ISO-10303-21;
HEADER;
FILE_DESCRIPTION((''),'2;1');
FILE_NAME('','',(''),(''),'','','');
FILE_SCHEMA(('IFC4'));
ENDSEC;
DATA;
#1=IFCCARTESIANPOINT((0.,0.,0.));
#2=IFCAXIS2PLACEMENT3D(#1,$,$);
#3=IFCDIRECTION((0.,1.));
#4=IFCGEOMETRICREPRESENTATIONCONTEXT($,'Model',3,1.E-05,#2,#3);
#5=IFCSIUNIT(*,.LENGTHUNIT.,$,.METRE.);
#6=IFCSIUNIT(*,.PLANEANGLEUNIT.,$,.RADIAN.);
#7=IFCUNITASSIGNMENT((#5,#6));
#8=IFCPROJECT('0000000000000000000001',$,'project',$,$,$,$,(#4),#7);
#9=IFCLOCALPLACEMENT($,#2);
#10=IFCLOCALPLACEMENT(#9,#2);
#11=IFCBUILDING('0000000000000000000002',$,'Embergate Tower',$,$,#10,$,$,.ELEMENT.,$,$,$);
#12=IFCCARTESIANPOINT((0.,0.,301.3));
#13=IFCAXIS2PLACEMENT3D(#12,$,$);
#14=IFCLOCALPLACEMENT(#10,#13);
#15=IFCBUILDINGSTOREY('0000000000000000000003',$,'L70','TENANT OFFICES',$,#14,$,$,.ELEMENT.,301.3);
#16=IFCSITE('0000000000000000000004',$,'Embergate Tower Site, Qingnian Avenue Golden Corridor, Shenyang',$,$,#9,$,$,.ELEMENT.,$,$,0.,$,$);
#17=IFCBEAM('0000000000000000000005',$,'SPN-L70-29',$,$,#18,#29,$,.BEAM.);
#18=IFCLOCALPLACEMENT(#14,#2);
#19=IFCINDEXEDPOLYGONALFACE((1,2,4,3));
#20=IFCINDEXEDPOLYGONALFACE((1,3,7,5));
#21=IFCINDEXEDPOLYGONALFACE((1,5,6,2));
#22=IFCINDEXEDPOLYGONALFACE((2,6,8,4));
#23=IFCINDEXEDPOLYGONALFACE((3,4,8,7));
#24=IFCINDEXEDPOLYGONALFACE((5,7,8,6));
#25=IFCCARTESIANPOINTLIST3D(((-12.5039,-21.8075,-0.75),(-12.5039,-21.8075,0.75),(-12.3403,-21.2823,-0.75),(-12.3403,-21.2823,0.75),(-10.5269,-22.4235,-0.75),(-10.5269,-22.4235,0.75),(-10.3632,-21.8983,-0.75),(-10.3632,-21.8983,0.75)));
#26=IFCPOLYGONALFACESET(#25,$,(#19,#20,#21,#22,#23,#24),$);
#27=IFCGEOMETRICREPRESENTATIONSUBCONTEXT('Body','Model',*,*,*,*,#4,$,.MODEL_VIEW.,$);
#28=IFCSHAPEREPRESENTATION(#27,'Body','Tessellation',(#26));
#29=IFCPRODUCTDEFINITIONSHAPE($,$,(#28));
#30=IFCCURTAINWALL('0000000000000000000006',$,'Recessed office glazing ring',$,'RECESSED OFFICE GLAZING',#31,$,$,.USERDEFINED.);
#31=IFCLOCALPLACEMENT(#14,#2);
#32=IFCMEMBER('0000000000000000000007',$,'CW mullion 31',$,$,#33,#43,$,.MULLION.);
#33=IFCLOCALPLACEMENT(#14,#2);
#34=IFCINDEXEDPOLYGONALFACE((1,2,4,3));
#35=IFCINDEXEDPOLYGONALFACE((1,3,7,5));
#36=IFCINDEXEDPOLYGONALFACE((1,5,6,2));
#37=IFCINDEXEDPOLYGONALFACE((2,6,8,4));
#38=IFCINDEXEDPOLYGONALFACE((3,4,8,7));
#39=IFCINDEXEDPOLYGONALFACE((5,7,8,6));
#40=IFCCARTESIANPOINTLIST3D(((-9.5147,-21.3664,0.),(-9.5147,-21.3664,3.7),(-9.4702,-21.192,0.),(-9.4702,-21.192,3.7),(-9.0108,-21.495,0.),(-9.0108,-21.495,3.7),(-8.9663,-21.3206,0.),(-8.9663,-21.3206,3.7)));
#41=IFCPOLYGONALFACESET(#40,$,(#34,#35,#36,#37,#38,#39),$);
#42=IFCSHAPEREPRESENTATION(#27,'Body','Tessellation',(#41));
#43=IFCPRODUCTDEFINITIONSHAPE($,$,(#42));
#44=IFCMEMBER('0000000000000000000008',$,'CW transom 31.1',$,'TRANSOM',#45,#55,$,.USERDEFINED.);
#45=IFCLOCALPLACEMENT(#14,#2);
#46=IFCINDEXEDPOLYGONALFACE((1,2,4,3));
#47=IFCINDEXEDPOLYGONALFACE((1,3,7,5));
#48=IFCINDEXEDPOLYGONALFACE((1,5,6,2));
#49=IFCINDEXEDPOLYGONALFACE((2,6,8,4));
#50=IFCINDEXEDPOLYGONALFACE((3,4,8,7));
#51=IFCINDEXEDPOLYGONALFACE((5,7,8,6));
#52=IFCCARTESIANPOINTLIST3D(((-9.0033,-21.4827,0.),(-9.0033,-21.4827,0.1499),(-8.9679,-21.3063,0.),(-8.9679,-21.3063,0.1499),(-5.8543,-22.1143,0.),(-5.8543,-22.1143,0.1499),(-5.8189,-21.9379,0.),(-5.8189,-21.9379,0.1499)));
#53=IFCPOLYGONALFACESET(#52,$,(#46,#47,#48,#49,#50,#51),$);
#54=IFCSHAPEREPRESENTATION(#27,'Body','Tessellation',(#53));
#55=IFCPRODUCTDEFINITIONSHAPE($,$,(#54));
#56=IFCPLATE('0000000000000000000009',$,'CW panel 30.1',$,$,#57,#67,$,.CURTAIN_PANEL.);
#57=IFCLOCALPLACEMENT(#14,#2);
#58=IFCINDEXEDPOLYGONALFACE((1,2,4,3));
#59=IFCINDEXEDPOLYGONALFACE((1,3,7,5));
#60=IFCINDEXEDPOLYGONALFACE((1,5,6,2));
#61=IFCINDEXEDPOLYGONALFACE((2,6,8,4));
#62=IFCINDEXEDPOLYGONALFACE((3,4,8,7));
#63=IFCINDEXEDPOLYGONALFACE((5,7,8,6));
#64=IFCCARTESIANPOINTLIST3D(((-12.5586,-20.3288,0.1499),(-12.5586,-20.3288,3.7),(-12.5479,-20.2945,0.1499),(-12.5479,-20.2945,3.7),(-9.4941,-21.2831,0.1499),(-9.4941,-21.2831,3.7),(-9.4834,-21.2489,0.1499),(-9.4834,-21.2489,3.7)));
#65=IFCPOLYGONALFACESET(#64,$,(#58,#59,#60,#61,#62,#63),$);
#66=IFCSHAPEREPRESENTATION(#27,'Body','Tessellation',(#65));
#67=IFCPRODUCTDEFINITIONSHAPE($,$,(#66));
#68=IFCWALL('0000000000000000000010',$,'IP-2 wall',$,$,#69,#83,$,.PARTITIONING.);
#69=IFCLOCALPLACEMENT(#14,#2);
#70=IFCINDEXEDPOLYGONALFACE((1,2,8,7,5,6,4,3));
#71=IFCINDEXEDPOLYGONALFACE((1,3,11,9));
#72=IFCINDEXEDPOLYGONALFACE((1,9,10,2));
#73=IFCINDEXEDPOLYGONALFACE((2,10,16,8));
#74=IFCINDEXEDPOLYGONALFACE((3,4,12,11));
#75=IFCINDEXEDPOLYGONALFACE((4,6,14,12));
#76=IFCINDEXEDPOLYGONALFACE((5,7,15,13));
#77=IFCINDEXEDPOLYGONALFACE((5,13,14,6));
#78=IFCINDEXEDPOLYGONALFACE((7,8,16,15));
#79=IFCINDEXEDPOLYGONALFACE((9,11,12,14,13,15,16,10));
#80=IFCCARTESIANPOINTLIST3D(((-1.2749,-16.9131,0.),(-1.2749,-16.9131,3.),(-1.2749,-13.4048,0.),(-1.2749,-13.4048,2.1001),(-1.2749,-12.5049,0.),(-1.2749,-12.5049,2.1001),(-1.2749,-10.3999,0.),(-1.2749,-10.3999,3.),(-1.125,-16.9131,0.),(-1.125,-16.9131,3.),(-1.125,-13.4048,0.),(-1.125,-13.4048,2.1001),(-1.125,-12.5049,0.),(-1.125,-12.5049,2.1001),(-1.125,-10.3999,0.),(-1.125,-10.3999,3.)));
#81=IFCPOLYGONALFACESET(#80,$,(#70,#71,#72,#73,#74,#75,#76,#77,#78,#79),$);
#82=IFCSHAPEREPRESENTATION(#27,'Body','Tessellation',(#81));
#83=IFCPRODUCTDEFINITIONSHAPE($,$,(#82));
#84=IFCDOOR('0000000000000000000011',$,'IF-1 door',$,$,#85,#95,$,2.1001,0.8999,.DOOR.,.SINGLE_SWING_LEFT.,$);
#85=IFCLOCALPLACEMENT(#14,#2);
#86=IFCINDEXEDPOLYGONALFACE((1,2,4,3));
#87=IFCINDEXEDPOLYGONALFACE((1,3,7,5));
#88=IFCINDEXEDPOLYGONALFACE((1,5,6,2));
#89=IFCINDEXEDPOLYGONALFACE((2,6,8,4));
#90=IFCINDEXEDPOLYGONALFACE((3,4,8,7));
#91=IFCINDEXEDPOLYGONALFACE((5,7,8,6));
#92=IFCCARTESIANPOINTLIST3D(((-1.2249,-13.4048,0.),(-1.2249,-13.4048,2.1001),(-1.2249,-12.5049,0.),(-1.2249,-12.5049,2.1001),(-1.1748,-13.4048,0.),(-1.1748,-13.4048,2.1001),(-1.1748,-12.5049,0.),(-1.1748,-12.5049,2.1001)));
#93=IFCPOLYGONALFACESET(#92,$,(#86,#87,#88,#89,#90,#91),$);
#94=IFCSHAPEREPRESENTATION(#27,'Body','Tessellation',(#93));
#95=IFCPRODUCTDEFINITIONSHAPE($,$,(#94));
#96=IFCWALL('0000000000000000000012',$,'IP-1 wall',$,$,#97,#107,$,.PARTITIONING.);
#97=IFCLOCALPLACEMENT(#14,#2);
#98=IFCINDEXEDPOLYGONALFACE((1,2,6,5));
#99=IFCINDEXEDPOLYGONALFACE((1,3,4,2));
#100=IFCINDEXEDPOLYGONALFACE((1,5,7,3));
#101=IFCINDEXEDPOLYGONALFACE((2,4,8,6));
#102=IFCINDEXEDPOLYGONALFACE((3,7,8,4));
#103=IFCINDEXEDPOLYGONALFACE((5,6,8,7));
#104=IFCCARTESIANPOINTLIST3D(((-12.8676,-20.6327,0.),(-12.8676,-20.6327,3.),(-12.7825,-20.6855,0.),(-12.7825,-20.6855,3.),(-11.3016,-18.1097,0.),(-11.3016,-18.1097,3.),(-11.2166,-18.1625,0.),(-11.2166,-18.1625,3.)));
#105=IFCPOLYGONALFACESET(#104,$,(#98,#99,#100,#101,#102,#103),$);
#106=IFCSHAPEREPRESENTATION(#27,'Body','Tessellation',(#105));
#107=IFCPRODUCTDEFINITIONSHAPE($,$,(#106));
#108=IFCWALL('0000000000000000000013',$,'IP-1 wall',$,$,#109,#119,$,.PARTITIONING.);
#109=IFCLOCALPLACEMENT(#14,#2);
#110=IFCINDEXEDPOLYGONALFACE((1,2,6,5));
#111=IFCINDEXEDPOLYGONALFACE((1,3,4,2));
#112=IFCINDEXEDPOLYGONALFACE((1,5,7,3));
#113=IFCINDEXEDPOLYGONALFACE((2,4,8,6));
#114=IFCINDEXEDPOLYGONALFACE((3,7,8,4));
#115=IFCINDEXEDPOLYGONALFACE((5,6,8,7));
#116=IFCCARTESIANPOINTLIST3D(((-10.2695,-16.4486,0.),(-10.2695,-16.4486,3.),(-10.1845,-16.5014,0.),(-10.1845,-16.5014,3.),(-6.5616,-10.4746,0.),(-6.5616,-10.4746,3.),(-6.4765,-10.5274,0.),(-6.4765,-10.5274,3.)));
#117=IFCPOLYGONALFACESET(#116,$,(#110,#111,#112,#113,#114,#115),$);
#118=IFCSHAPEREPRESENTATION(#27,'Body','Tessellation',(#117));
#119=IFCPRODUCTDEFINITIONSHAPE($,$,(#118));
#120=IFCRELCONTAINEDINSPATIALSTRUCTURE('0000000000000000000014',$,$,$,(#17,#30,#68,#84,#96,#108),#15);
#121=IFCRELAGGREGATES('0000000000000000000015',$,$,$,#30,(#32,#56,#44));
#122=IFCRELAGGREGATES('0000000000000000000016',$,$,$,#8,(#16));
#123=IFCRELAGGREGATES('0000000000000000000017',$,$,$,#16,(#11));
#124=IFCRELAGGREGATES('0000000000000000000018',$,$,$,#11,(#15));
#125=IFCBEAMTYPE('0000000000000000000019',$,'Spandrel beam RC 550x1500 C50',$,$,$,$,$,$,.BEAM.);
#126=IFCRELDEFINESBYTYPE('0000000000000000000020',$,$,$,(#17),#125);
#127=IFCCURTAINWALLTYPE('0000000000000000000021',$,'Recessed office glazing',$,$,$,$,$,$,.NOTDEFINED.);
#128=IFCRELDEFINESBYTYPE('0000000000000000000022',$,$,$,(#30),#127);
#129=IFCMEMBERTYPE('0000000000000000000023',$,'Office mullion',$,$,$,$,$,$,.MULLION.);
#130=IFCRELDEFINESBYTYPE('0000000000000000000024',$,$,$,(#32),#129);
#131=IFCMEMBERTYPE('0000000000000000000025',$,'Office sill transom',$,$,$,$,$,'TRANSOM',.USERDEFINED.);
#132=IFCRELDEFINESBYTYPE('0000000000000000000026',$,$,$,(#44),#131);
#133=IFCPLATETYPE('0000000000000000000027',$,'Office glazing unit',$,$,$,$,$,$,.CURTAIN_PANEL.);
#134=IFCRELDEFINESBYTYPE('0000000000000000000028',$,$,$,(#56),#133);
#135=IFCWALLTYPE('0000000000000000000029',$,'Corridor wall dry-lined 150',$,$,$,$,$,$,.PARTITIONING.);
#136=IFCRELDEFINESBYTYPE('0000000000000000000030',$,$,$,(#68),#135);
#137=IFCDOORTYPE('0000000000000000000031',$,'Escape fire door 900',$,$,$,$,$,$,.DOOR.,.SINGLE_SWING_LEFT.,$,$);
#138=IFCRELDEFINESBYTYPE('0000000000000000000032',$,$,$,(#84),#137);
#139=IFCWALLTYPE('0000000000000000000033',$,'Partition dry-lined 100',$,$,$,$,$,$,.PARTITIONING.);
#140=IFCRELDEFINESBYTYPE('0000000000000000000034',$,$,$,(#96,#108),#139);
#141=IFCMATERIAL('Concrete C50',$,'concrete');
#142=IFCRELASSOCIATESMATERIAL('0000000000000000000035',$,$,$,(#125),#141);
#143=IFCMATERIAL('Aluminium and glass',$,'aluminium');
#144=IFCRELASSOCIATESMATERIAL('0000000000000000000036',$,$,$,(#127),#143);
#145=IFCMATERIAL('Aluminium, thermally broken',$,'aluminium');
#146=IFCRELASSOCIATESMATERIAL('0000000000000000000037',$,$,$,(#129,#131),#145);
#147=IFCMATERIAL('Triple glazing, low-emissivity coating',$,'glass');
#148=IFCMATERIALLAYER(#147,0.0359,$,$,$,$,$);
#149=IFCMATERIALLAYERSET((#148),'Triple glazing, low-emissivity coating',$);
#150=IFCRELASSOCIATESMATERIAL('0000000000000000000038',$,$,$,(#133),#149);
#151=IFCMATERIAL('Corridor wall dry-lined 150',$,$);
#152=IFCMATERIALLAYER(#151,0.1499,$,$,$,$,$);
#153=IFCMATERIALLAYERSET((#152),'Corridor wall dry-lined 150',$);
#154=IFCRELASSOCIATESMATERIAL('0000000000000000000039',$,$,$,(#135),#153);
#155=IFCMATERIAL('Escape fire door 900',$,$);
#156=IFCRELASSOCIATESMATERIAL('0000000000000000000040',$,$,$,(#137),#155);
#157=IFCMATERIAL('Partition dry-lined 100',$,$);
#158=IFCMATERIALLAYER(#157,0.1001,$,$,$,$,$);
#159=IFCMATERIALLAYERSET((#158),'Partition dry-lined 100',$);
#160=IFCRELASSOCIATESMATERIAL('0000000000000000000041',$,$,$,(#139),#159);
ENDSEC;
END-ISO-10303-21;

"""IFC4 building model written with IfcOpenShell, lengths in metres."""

from ifc_helpers import new_model, si_unit, direction, frame, frame_2d, origin, origin_2d, place, context, subcontext, project, spatial, rectangle, extrude, source, transform, mapped, material, layer, layer_set, material_profile, profile_set, type_object, element, fill, aggregate, save


model = new_model("IFC4")

# Units and contexts
model_context = context("Model", 3, precision=1e-05, world=origin(), true_north=direction((0.0, 1.0)))
body_context = subcontext(model_context, "Body", "Model", "MODEL_VIEW")
ifc_project = project(units=[si_unit("LENGTHUNIT", "METRE"), si_unit("PLANEANGLEUNIT", "RADIAN")], contexts=[model_context])

# Site, building, storey
site_placement = place(None, origin())
site = spatial("IfcSite", under=ifc_project, at=site_placement, Name="Embergate Tower Site, Qingnian Avenue Golden Corridor, Shenyang", CompositionType="ELEMENT", RefElevation=0.0)
building_placement = place(site_placement, origin())
building = spatial("IfcBuilding", under=site, at=building_placement, Name="Embergate Tower", CompositionType="ELEMENT")
storey_placement = place(building_placement, frame((0.0, 0.0, 301.3)))
storey = spatial("IfcBuildingStorey", under=building, at=storey_placement, Name="L70", Description="TENANT OFFICES", CompositionType="ELEMENT", Elevation=301.3)

# Beam
ifc_material_1 = material(Name="Concrete C50", Category="concrete")
ifc_material_profile_1 = material_profile(ifc_material_1, rectangle(XDim=0.55, YDim=1.5, at=origin_2d()), Name="RC 550x1500")
ifc_profile_set_1 = profile_set([ifc_material_profile_1], Name="Concrete C50")
beam_type = type_object("IfcBeamType", Name="Spandrel beam RC 550x1500 C50", PredefinedType="BEAM", material=ifc_profile_set_1)
shared_shape_1 = source(origin(), body_context, "Body", "SweptSolid", [
    extrude(rectangle(XDim=0.55, YDim=1.5, at=origin_2d()), origin(), (0.0, 0.0, 1.0), 2.0708),
])
beam_placement = place(storey_placement, frame((-12.4221, -21.5449, 0.0), z_axis=(0.954736, -0.297456, 0.0), x_axis=(0.297456, 0.954736, 0.0)))
element("IfcBeam", 1, at=beam_placement, inside=storey, type_object=beam_type, Name="SPN-L70-29", PredefinedType="BEAM", context=body_context, shape_type="MappedRepresentation", body=[
    mapped(shared_shape_1, transform((0.0, 0.0, 0.0))),
])

# Curtain wall, members, plate
ifc_material_2 = material(Name="Aluminium and glass", Category="aluminium")
curtain_wall_type = type_object("IfcCurtainWallType", Name="Recessed office glazing", PredefinedType="NOTDEFINED", material=ifc_material_2)
curtain_wall_placement = place(storey_placement, origin())
curtain_wall = element("IfcCurtainWall", 2, at=curtain_wall_placement, inside=storey, type_object=curtain_wall_type, Name="Recessed office glazing ring", ObjectType="RECESSED OFFICE GLAZING", PredefinedType="USERDEFINED")
ifc_material_3 = material(Name="Aluminium, thermally broken", Category="aluminium")
ifc_material_profile_2 = material_profile(ifc_material_3, rectangle(XDim=0.1799, YDim=0.52, at=origin_2d()), Name="AL 520x180")
ifc_profile_set_2 = profile_set([ifc_material_profile_2], Name="Aluminium, thermally broken")
member_type_1 = type_object("IfcMemberType", Name="Office mullion", PredefinedType="MULLION", material=ifc_profile_set_2)
shared_shape_2 = source(origin(), body_context, "Body", "SweptSolid", [
    extrude(rectangle(XDim=0.1799, YDim=0.52, at=origin_2d()), origin(), (0.0, 0.0, 1.0), 3.7),
])
member_1_placement = place(storey_placement, frame((-9.2405, -21.3435, 0.0), z_axis=(0.0, 0.0, 1.0), x_axis=(0.247312, 0.968936, 0.0)))
member_1 = element("IfcMember", 3, at=member_1_placement, type_object=member_type_1, Name="CW mullion 31", PredefinedType="MULLION", context=body_context, shape_type="MappedRepresentation", body=[
    mapped(shared_shape_2, transform((0.0, 0.0, 0.0))),
])
ifc_material_profile_3 = material_profile(ifc_material_3, rectangle(XDim=0.1799, YDim=0.1499, at=origin_2d()), Name="AL 150x180")
ifc_profile_set_3 = profile_set([ifc_material_profile_3], Name="Aluminium, thermally broken")
member_type_2 = type_object("IfcMemberType", Name="Office sill transom", ElementType="TRANSOM", PredefinedType="USERDEFINED", material=ifc_profile_set_3)
shared_shape_3 = source(origin(), body_context, "Body", "SweptSolid", [
    extrude(rectangle(XDim=0.1799, YDim=0.1499, at=origin_2d()), origin(), (0.0, 0.0, 1.0), 3.2117),
])
member_2_placement = place(storey_placement, frame((-8.9856, -21.3945, 0.075), z_axis=(0.980472, -0.196657, 0.0), x_axis=(0.196657, 0.980472, 0.0)))
member_2 = element("IfcMember", 4, at=member_2_placement, type_object=member_type_2, Name="CW transom 31.1", ObjectType="TRANSOM", PredefinedType="USERDEFINED", context=body_context, shape_type="MappedRepresentation", body=[
    mapped(shared_shape_3, transform((0.0, 0.0, 0.0))),
])
ifc_material_4 = material(Name="Triple glazing, low-emissivity coating", Category="glass")
ifc_layer_1 = layer(ifc_material_4, 0.0359)
ifc_layer_set_1 = layer_set([ifc_layer_1], Name="Triple glazing, low-emissivity coating")
plate_type = type_object("IfcPlateType", Name="Office glazing unit", PredefinedType="CURTAIN_PANEL", material=ifc_layer_set_1)
shared_shape_4 = source(origin(), body_context, "Body", "SweptSolid", [
    extrude(rectangle(XDim=3.2097, YDim=0.0359, at=origin_2d()), origin(), (0.0, 0.0, 1.0), 3.55),
])
plate_placement = place(storey_placement, frame((-11.021, -20.7888, 0.1499), z_axis=(0.0, 0.0, 1.0), x_axis=(0.954771, -0.297342, 0.0)))
plate = element("IfcPlate", 5, at=plate_placement, type_object=plate_type, Name="CW panel 30.1", PredefinedType="CURTAIN_PANEL", context=body_context, shape_type="MappedRepresentation", body=[
    mapped(shared_shape_4, transform((0.0, 0.0, 0.0))),
])
aggregate(curtain_wall, [member_1, plate, member_2])

# Wall, opening, door
ifc_material_5 = material(Name="Corridor wall dry-lined 150")
ifc_layer_2 = layer(ifc_material_5, 0.1499)
ifc_layer_set_2 = layer_set([ifc_layer_2], Name="Corridor wall dry-lined 150")
wall_type_1 = type_object("IfcWallType", Name="Corridor wall dry-lined 150", PredefinedType="PARTITIONING", material=ifc_layer_set_2)
shared_shape_5 = source(origin(), body_context, "Body", "SweptSolid", [
    extrude(rectangle(XDim=6.5132, YDim=0.1499, at=frame_2d((3.2566, 0.0))), origin(), (0.0, 0.0, 1.0), 3.0),
])
wall_1_placement = place(storey_placement, frame((-1.2, -16.9131, 0.0), z_axis=(0.0, 0.0, 1.0), x_axis=(0.0, 1.0, 0.0)))
wall_1 = element("IfcWall", 6, at=wall_1_placement, inside=storey, type_object=wall_type_1, Name="IP-2 wall", PredefinedType="PARTITIONING", context=body_context, shape_type="MappedRepresentation", body=[
    mapped(shared_shape_5, transform((0.0, 0.0, 0.0))),
])
shared_shape_6 = source(origin(), body_context, "Body", "SweptSolid", [
    extrude(rectangle(XDim=0.8999, YDim=2.1001, at=frame_2d((0.45, 1.05))), frame((0.0, 0.085, 0.0), z_axis=(0.0, -1.0, 0.0), x_axis=(1.0, 0.0, 0.0)), (0.0, 0.0, 1.0), 0.1699),
])
opening_1_placement = place(wall_1_placement, frame((3.5083, 0.0, 0.0)))
opening_1 = element("IfcOpeningElement", 7, at=opening_1_placement, cuts=wall_1, PredefinedType="OPENING", context=body_context, shape_type="MappedRepresentation", body=[
    mapped(shared_shape_6, transform((0.0, 0.0, 0.0))),
])
ifc_material_6 = material(Name="Escape fire door 900")
door_type_1 = type_object("IfcDoorType", Name="Escape fire door 900", OperationType="SINGLE_SWING_LEFT", PredefinedType="DOOR", material=ifc_material_6)
shared_shape_7 = source(origin(), body_context, "Body", "SweptSolid", [
    extrude(rectangle(XDim=0.8999, YDim=2.1001, at=frame_2d((0.45, 1.05))), frame((0.0, 0.0249, 0.0), z_axis=(0.0, -1.0, 0.0), x_axis=(1.0, 0.0, 0.0)), (0.0, 0.0, 1.0), 0.05),
])
door_1_placement = place(opening_1_placement, origin())
door_1 = element("IfcDoor", 8, at=door_1_placement, inside=storey, type_object=door_type_1, Name="IF-1 door", OperationType="SINGLE_SWING_LEFT", OverallHeight=2.1001, OverallWidth=0.8999, PredefinedType="DOOR", context=body_context, shape_type="MappedRepresentation", body=[
    mapped(shared_shape_7, transform((0.0, 0.0, 0.0))),
])
fill(opening_1, door_1)

# Walls
ifc_material_7 = material(Name="Partition dry-lined 100")
ifc_layer_3 = layer(ifc_material_7, 0.1001)
ifc_layer_set_3 = layer_set([ifc_layer_3], Name="Partition dry-lined 100")
wall_type_2 = type_object("IfcWallType", Name="Partition dry-lined 100", PredefinedType="PARTITIONING", material=ifc_layer_set_3)
shared_shape_8 = source(origin(), body_context, "Body", "SweptSolid", [
    extrude(rectangle(XDim=2.9695, YDim=0.1001, at=frame_2d((1.4849, 0.0))), origin(), (0.0, 0.0, 1.0), 3.0),
])
wall_2_placement = place(storey_placement, frame((-11.259, -18.136, 0.0), z_axis=(0.0, 0.0, 1.0), x_axis=(-0.527351, -0.849648, 0.0)))
element("IfcWall", 9, at=wall_2_placement, inside=storey, type_object=wall_type_2, Name="IP-1 wall", PredefinedType="PARTITIONING", context=body_context, shape_type="MappedRepresentation", body=[
    mapped(shared_shape_8, transform((0.0, 0.0, 0.0))),
])
shared_shape_9 = source(origin(), body_context, "Body", "SweptSolid", [
    extrude(rectangle(XDim=7.0312, YDim=0.1001, at=frame_2d((3.5156, 0.0))), origin(), (0.0, 0.0, 1.0), 3.0),
])
wall_3_placement = place(storey_placement, frame((-6.519, -10.501, 0.0), z_axis=(0.0, 0.0, 1.0), x_axis=(-0.527356, -0.849644, 0.0)))
element("IfcWall", 10, at=wall_3_placement, inside=storey, type_object=wall_type_2, Name="IP-1 wall", PredefinedType="PARTITIONING", context=body_context, shape_type="MappedRepresentation", body=[
    mapped(shared_shape_9, transform((0.0, 0.0, 0.0))),
])

save(model, "model.ifc")
